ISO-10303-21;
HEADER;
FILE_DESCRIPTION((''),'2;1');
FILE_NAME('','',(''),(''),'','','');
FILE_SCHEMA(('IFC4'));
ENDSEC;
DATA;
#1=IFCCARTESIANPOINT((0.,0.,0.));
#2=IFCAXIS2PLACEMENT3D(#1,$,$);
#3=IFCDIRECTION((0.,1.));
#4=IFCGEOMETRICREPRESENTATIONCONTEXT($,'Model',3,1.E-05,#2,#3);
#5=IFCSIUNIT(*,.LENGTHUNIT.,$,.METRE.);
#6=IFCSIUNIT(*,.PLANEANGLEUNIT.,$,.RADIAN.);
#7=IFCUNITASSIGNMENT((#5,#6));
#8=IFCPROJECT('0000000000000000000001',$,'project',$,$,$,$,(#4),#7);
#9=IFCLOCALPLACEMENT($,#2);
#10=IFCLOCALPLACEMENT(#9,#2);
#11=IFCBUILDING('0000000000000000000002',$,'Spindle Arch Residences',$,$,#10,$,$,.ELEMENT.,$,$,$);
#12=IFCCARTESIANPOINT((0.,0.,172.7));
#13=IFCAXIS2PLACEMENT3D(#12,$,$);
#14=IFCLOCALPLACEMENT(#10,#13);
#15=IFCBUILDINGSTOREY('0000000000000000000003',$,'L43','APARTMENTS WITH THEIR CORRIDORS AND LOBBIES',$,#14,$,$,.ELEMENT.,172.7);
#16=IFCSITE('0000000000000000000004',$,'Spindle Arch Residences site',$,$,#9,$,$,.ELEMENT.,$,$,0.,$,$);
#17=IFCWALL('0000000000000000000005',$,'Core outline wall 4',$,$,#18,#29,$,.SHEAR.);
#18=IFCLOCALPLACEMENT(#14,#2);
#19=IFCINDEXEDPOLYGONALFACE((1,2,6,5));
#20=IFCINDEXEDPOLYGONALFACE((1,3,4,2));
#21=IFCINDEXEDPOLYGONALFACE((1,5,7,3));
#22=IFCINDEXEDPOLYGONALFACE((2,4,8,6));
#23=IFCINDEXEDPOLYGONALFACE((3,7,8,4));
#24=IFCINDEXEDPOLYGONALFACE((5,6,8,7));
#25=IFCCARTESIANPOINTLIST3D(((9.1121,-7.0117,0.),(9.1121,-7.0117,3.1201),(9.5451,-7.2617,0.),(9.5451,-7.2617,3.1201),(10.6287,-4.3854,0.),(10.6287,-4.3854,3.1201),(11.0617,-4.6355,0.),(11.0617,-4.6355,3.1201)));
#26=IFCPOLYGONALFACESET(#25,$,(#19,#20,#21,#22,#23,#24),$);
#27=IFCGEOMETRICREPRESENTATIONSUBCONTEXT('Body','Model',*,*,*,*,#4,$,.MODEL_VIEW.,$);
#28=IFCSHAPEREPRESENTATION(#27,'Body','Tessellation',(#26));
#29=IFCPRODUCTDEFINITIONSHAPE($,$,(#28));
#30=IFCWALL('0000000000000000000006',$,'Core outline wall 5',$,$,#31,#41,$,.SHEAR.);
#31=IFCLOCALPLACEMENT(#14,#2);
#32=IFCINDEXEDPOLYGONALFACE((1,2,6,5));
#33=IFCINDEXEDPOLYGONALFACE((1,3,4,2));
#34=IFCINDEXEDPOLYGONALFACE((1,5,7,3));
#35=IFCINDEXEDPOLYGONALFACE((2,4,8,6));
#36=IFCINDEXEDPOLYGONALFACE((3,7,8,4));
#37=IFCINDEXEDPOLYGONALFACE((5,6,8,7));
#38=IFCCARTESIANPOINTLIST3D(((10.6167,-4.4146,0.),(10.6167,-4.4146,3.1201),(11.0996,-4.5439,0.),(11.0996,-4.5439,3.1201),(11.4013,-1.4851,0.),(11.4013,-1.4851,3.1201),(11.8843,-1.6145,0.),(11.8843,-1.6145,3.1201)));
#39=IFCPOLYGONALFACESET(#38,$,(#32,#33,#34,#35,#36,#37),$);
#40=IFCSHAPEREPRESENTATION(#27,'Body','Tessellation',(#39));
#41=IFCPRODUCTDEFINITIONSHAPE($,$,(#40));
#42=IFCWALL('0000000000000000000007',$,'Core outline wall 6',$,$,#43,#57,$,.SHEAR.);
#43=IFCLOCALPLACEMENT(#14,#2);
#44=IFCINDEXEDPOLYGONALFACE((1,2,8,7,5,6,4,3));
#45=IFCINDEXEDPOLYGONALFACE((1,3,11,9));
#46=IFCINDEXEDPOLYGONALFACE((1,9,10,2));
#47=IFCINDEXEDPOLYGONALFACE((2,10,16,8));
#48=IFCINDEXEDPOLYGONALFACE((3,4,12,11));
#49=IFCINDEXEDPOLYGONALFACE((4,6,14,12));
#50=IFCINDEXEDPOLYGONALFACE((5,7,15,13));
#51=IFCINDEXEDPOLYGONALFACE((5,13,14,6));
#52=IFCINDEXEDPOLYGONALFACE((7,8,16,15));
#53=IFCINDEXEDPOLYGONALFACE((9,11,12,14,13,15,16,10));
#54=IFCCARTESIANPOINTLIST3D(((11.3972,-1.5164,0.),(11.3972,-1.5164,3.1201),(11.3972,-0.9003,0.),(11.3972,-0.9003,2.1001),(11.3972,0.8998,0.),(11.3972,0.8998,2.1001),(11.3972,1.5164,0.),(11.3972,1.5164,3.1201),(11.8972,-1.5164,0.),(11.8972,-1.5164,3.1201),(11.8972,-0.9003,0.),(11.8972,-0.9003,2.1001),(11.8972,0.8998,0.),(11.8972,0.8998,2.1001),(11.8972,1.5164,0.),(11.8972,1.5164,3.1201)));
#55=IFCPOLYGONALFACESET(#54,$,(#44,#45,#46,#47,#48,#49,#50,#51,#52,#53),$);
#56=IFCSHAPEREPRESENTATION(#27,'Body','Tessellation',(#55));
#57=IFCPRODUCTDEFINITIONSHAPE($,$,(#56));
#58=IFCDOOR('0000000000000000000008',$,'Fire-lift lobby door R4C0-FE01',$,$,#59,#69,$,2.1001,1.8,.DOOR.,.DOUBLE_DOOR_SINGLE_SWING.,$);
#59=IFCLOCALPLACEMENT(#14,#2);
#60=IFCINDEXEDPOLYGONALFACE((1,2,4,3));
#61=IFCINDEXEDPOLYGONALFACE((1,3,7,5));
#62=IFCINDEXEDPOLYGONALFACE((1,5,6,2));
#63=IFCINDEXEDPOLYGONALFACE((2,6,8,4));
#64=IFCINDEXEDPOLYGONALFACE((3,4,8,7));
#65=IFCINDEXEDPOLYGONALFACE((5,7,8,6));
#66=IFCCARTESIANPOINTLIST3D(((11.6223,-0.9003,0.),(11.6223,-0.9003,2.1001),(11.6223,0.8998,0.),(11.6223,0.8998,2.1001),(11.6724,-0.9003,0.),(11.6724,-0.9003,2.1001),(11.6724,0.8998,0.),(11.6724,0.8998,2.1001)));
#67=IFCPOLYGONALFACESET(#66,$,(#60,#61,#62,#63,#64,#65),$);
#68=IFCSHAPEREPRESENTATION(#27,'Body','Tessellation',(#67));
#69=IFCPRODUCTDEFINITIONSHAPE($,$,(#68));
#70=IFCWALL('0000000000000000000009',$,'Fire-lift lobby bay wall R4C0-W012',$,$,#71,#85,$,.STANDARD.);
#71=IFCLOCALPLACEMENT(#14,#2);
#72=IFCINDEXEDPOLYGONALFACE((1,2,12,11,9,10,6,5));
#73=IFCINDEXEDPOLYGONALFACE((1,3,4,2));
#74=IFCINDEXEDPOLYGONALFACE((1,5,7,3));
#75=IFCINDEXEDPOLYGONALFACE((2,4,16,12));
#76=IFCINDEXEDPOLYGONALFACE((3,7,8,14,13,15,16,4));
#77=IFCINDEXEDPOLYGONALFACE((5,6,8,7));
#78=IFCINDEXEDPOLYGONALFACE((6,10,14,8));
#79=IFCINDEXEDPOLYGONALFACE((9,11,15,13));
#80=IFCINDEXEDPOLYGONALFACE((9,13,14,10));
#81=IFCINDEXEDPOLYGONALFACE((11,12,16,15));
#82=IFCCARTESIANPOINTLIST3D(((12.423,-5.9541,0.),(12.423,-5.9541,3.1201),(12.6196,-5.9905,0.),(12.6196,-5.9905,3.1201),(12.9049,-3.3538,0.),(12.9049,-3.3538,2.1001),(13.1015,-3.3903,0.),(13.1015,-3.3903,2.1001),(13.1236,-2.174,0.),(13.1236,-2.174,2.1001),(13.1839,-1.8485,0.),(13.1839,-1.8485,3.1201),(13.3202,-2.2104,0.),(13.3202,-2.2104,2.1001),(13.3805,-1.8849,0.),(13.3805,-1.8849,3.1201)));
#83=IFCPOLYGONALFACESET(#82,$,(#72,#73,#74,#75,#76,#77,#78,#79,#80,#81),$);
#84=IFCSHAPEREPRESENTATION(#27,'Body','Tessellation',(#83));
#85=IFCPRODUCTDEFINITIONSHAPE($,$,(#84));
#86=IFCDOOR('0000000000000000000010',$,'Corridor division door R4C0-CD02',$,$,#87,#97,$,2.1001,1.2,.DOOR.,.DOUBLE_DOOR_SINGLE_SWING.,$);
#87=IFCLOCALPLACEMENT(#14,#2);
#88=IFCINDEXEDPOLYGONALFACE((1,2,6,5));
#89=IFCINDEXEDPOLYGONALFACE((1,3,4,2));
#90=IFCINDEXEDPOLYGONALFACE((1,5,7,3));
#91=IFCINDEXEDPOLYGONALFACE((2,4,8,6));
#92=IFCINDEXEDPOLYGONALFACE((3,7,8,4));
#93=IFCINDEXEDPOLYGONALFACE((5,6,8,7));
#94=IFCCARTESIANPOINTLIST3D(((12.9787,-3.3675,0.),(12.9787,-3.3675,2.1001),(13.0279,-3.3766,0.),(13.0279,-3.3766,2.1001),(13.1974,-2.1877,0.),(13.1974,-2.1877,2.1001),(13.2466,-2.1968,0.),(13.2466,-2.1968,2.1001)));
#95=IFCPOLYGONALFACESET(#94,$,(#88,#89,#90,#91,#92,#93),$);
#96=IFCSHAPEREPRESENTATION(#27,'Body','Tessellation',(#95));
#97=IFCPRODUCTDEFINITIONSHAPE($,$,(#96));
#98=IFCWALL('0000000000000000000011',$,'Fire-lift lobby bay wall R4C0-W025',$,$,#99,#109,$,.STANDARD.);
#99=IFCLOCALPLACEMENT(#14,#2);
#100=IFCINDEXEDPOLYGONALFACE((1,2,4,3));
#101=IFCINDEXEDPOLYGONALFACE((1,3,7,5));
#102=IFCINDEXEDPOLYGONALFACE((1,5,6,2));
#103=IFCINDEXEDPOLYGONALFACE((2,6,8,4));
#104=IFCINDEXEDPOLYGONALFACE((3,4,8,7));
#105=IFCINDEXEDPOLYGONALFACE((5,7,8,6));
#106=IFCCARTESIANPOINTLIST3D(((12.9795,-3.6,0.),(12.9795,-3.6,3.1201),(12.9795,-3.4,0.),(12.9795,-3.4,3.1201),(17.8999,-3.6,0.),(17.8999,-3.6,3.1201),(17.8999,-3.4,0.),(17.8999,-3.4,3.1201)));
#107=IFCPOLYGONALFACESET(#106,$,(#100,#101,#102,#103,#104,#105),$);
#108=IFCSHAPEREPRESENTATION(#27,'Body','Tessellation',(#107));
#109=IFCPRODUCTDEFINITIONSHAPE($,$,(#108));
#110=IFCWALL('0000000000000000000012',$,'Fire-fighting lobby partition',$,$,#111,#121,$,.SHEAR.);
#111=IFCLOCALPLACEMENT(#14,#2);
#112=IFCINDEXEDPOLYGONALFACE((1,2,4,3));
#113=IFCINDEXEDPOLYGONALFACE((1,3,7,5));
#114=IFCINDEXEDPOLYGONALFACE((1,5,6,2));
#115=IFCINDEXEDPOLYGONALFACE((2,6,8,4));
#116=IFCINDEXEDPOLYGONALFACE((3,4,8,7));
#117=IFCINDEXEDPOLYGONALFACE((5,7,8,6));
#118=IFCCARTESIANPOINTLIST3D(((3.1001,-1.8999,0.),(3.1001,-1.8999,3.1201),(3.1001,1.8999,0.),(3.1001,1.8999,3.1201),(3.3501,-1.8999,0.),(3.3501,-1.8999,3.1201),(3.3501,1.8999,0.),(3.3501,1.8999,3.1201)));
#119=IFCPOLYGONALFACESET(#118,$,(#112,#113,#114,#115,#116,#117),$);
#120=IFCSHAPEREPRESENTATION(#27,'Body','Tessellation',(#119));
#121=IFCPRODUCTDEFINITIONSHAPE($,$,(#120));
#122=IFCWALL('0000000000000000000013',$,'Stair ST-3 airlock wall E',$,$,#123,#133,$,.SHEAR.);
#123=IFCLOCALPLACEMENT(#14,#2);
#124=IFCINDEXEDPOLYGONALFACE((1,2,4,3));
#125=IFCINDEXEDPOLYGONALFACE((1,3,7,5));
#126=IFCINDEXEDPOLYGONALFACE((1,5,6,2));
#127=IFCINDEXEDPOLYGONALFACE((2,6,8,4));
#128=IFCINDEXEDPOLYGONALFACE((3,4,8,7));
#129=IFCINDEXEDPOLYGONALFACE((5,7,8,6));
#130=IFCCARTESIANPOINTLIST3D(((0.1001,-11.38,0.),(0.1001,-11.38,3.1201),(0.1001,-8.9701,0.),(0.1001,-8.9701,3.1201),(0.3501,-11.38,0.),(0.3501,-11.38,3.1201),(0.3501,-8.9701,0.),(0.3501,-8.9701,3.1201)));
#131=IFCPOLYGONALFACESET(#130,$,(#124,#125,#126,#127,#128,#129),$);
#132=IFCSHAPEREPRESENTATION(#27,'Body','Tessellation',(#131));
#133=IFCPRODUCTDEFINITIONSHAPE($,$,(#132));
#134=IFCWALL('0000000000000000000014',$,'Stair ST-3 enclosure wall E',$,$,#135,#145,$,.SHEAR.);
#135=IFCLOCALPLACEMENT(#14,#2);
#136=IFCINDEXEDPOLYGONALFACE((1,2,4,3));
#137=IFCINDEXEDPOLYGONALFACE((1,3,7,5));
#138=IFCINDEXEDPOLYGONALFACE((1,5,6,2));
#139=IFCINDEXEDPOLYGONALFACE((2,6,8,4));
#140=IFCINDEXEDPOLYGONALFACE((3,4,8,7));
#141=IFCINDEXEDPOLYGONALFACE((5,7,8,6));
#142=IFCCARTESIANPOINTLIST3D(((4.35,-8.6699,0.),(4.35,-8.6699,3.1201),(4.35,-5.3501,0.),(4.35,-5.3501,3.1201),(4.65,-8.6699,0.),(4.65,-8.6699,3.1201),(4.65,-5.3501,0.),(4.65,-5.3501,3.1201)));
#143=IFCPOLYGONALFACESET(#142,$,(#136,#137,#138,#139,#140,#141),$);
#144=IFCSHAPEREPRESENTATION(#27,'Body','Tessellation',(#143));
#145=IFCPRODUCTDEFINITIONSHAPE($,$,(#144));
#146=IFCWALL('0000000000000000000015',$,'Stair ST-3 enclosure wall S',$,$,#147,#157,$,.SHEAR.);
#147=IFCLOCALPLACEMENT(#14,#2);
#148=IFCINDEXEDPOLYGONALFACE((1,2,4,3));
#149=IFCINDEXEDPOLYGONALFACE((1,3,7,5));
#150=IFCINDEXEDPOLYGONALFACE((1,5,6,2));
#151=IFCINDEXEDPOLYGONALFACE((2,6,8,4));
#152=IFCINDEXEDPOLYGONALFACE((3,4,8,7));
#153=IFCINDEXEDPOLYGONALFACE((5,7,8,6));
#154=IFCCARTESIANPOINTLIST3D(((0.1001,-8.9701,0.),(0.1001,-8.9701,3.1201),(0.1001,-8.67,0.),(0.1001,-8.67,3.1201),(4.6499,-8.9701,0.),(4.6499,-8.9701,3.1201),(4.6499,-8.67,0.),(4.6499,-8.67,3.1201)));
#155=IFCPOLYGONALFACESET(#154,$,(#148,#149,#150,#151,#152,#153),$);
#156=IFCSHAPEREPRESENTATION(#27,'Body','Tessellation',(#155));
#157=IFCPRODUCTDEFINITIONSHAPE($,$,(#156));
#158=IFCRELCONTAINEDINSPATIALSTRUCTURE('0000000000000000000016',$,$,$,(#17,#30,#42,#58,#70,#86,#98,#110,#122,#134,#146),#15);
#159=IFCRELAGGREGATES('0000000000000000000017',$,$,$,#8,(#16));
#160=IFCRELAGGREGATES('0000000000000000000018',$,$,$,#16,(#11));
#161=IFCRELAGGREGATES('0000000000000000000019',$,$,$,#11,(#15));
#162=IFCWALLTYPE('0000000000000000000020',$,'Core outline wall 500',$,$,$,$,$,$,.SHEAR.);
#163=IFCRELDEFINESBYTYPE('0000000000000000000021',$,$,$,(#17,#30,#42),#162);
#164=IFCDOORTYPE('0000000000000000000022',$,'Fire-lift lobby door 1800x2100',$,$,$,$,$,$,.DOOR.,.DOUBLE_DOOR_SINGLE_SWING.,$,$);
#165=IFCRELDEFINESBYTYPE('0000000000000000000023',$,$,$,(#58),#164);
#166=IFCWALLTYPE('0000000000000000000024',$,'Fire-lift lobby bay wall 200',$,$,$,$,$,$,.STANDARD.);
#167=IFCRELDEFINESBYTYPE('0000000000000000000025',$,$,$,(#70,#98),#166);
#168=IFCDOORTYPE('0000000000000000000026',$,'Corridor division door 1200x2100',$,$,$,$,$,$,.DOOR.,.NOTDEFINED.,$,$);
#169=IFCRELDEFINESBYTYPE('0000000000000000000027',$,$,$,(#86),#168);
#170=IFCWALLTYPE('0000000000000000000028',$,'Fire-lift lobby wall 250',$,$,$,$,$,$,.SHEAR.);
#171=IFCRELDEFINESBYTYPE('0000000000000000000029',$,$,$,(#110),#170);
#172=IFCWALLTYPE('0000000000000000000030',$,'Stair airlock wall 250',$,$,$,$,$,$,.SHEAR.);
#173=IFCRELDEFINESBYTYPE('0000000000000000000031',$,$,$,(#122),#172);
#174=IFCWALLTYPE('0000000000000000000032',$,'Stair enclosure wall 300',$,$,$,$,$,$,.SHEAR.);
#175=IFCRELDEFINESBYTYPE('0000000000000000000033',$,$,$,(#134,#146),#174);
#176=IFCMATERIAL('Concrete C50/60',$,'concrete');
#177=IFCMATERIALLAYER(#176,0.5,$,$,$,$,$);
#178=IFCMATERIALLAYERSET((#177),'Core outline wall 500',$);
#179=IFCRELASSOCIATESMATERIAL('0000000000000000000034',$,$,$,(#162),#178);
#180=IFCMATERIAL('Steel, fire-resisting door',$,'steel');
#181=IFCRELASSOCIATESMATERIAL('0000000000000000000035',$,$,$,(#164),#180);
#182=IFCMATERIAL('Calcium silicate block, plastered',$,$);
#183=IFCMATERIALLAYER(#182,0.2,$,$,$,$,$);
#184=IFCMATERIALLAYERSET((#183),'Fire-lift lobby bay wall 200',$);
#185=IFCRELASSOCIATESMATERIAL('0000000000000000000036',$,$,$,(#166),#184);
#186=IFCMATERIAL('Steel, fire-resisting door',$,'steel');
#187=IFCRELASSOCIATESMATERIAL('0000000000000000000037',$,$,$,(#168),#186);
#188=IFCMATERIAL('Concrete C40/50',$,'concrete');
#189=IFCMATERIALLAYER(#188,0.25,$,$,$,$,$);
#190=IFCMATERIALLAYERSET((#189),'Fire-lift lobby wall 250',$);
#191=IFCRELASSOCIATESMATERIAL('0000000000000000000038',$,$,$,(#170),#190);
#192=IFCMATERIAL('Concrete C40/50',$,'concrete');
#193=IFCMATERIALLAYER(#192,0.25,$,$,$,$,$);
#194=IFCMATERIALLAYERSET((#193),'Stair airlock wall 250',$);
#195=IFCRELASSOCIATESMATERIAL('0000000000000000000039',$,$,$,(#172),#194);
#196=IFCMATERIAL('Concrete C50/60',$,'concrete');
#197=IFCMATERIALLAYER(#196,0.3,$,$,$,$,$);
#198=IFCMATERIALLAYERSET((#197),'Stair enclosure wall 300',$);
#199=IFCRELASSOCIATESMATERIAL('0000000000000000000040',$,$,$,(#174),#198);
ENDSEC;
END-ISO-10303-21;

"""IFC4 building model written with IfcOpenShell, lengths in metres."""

from ifc_helpers import new_model, si_unit, direction, frame, frame_2d, origin, place, context, subcontext, project, spatial, rectangle, extrude, material, layer, layer_set, type_object, element, fill, save


model = new_model("IFC4")

# Units and contexts
model_context = context("Model", 3, precision=1e-05, world=origin(), true_north=direction((0.0, 1.0)))
body_context = subcontext(model_context, "Body", "Model", "MODEL_VIEW")
ifc_project = project(units=[si_unit("LENGTHUNIT", "METRE"), si_unit("PLANEANGLEUNIT", "RADIAN")], contexts=[model_context])

# Site, building, storey
site_placement = place(None, origin())
site = spatial("IfcSite", under=ifc_project, at=site_placement, Name="Spindle Arch Residences site", CompositionType="ELEMENT", RefElevation=0.0)
building_placement = place(site_placement, origin())
building = spatial("IfcBuilding", under=site, at=building_placement, Name="Spindle Arch Residences", CompositionType="ELEMENT")
storey_placement = place(building_placement, frame((0.0, 0.0, 172.7)))
storey = spatial("IfcBuildingStorey", under=building, at=storey_placement, Name="L43", Description="APARTMENTS WITH THEIR CORRIDORS AND LOBBIES", CompositionType="ELEMENT", Elevation=172.7)

# Walls
ifc_material_1 = material(Name="Concrete C50/60", Category="concrete")
ifc_layer_1 = layer(ifc_material_1, 0.5)
ifc_layer_set_1 = layer_set([ifc_layer_1], Name="Core outline wall 500")
wall_type_1 = type_object("IfcWallType", Name="Core outline wall 500", PredefinedType="SHEAR", material=ifc_layer_set_1)
for number, where, z_axis, x_axis, name in (
    (1, (9.3286, -7.1367, 0.0), (0.0, 0.0, 1.0), (0.500087, 0.865975, 0.0), "Core outline wall 4"),
    (2, (10.8582, -4.4792, 0.0), (0.0, 0.0, 1.0), (0.258735, 0.965948, 0.0), "Core outline wall 5"),
):
    element("IfcWall", number, at=place(storey_placement, frame(where, z_axis=z_axis, x_axis=x_axis)), inside=storey, type_object=wall_type_1, Name=name, PredefinedType="SHEAR", context=body_context, shape_type="SweptSolid", body=[
        extrude(rectangle(XDim=3.0327, YDim=0.5, at=frame_2d((1.5164, 0.0))), origin(), (0.0, 0.0, 1.0), 3.1201),
    ])

# Walls, openings, doors
wall_1_placement = place(storey_placement, frame((11.6472, -1.5164, 0.0), z_axis=(0.0, 0.0, 1.0), x_axis=(0.0, 1.0, 0.0)))
wall_1 = element("IfcWall", 3, at=wall_1_placement, inside=storey, type_object=wall_type_1, Name="Core outline wall 6", PredefinedType="SHEAR", context=body_context, shape_type="SweptSolid", body=[
    extrude(rectangle(XDim=3.0327, YDim=0.5, at=frame_2d((1.5164, 0.0))), origin(), (0.0, 0.0, 1.0), 3.1201),
])
opening_1_placement = place(wall_1_placement, frame((0.6162, 0.0, 0.0)))
opening_1 = element("IfcOpeningElement", 4, at=opening_1_placement, cuts=wall_1, PredefinedType="OPENING", context=body_context, shape_type="SweptSolid", body=[
    extrude(rectangle(XDim=1.8, YDim=2.1001, at=frame_2d((0.8999, 1.05))), frame((0.0, 0.26, 0.0), z_axis=(0.0, -1.0, 0.0), x_axis=(1.0, 0.0, 0.0)), (0.0, 0.0, 1.0), 0.52),
])
ifc_material_2 = material(Name="Steel, fire-resisting door", Category="steel")
door_type_1 = type_object("IfcDoorType", Name="Fire-lift lobby door 1800x2100", OperationType="DOUBLE_DOOR_SINGLE_SWING", PredefinedType="DOOR", material=ifc_material_2)
door_1_placement = place(opening_1_placement, origin())
door_1 = element("IfcDoor", 5, at=door_1_placement, inside=storey, type_object=door_type_1, Name="Fire-lift lobby door R4C0-FE01", OperationType="DOUBLE_DOOR_SINGLE_SWING", OverallHeight=2.1001, OverallWidth=1.8, PredefinedType="DOOR", context=body_context, shape_type="SweptSolid", body=[
    extrude(rectangle(XDim=1.8, YDim=2.1001, at=frame_2d((0.8999, 1.05))), frame((0.0, 0.0249, 0.0), z_axis=(0.0, -1.0, 0.0), x_axis=(1.0, 0.0, 0.0)), (0.0, 0.0, 1.0), 0.05),
])
fill(opening_1, door_1)
ifc_material_3 = material(Name="Calcium silicate block, plastered")
ifc_layer_2 = layer(ifc_material_3, 0.2)
ifc_layer_set_2 = layer_set([ifc_layer_2], Name="Fire-lift lobby bay wall 200")
wall_type_2 = type_object("IfcWallType", Name="Fire-lift lobby bay wall 200", PredefinedType="STANDARD", material=ifc_layer_set_2)
wall_2_placement = place(storey_placement, frame((12.5212, -5.9724, 0.0), z_axis=(0.0, 0.0, 1.0), x_axis=(0.182244, 0.983253, 0.0)))
wall_2 = element("IfcWall", 6, at=wall_2_placement, inside=storey, type_object=wall_type_2, Name="Fire-lift lobby bay wall R4C0-W012", PredefinedType="STANDARD", context=body_context, shape_type="SweptSolid", body=[
    extrude(rectangle(XDim=4.1755, YDim=0.2, at=frame_2d((2.0879, 0.0))), origin(), (0.0, 0.0, 1.0), 3.1201),
])
opening_2_placement = place(wall_2_placement, frame((2.6445, 0.0, 0.0)))
opening_2 = element("IfcOpeningElement", 7, at=opening_2_placement, cuts=wall_2, PredefinedType="OPENING", context=body_context, shape_type="SweptSolid", body=[
    extrude(rectangle(XDim=1.2, YDim=2.1001, at=frame_2d((0.6001, 1.05))), frame((0.0, 0.1099, 0.0), z_axis=(0.0, -1.0, 0.0), x_axis=(1.0, 0.0, 0.0)), (0.0, 0.0, 1.0), 0.22),
])
ifc_material_4 = material(Name="Steel, fire-resisting door", Category="steel")
door_type_2 = type_object("IfcDoorType", Name="Corridor division door 1200x2100", OperationType="NOTDEFINED", PredefinedType="DOOR", material=ifc_material_4)
door_2_placement = place(opening_2_placement, origin())
door_2 = element("IfcDoor", 8, at=door_2_placement, inside=storey, type_object=door_type_2, Name="Corridor division door R4C0-CD02", OperationType="DOUBLE_DOOR_SINGLE_SWING", OverallHeight=2.1001, OverallWidth=1.2, PredefinedType="DOOR", context=body_context, shape_type="SweptSolid", body=[
    extrude(rectangle(XDim=1.2, YDim=2.1001, at=frame_2d((0.6001, 1.05))), frame((0.0, 0.0249, 0.0), z_axis=(0.0, -1.0, 0.0), x_axis=(1.0, 0.0, 0.0)), (0.0, 0.0, 1.0), 0.05),
])
fill(opening_2, door_2)

# Walls
wall_3_placement = place(storey_placement, frame((12.9795, -3.5, 0.0), z_axis=(0.0, 0.0, 1.0), x_axis=(1.0, 0.0, 0.0)))
element("IfcWall", 9, at=wall_3_placement, inside=storey, type_object=wall_type_2, Name="Fire-lift lobby bay wall R4C0-W025", PredefinedType="STANDARD", context=body_context, shape_type="SweptSolid", body=[
    extrude(rectangle(XDim=4.9204, YDim=0.2, at=frame_2d((2.4602, 0.0))), origin(), (0.0, 0.0, 1.0), 3.1201),
])
ifc_material_5 = material(Name="Concrete C40/50", Category="concrete")
ifc_layer_3 = layer(ifc_material_5, 0.25)
ifc_layer_set_3 = layer_set([ifc_layer_3], Name="Fire-lift lobby wall 250")
wall_type_3 = type_object("IfcWallType", Name="Fire-lift lobby wall 250", PredefinedType="SHEAR", material=ifc_layer_set_3)
wall_4_placement = place(storey_placement, frame((3.2251, -1.8999, 0.0), z_axis=(0.0, 0.0, 1.0), x_axis=(0.0, 1.0, 0.0)))
element("IfcWall", 10, at=wall_4_placement, inside=storey, type_object=wall_type_3, Name="Fire-fighting lobby partition", PredefinedType="SHEAR", context=body_context, shape_type="SweptSolid", body=[
    extrude(rectangle(XDim=3.7998, YDim=0.25, at=frame_2d((1.8999, 0.0))), origin(), (0.0, 0.0, 1.0), 3.1201),
])

# Walls
ifc_material_6 = material(Name="Concrete C40/50", Category="concrete")
ifc_layer_4 = layer(ifc_material_6, 0.25)
ifc_layer_set_4 = layer_set([ifc_layer_4], Name="Stair airlock wall 250")
wall_type_4 = type_object("IfcWallType", Name="Stair airlock wall 250", PredefinedType="SHEAR", material=ifc_layer_set_4)
wall_5_placement = place(storey_placement, frame((0.2251, -8.97, 0.0), z_axis=(0.0, 0.0, 1.0), x_axis=(0.0, -1.0, 0.0)))
element("IfcWall", 11, at=wall_5_placement, inside=storey, type_object=wall_type_4, Name="Stair ST-3 airlock wall E", PredefinedType="SHEAR", context=body_context, shape_type="SweptSolid", body=[
    extrude(rectangle(XDim=2.4099, YDim=0.25, at=frame_2d((1.2051, 0.0))), origin(), (0.0, 0.0, 1.0), 3.1201),
])
ifc_material_7 = material(Name="Concrete C50/60", Category="concrete")
ifc_layer_5 = layer(ifc_material_7, 0.3)
ifc_layer_set_5 = layer_set([ifc_layer_5], Name="Stair enclosure wall 300")
wall_type_5 = type_object("IfcWallType", Name="Stair enclosure wall 300", PredefinedType="SHEAR", material=ifc_layer_set_5)
wall_6_placement = place(storey_placement, frame((4.5, -8.6699, 0.0), z_axis=(0.0, 0.0, 1.0), x_axis=(0.0, 1.0, 0.0)))
element("IfcWall", 12, at=wall_6_placement, inside=storey, type_object=wall_type_5, Name="Stair ST-3 enclosure wall E", PredefinedType="SHEAR", context=body_context, shape_type="SweptSolid", body=[
    extrude(rectangle(XDim=3.3198, YDim=0.3, at=frame_2d((1.6599, 0.0))), origin(), (0.0, 0.0, 1.0), 3.1201),
])
wall_7_placement = place(storey_placement, frame((0.1001, -8.8201, 0.0), z_axis=(0.0, 0.0, 1.0), x_axis=(1.0, 0.0, 0.0)))
element("IfcWall", 13, at=wall_7_placement, inside=storey, type_object=wall_type_5, Name="Stair ST-3 enclosure wall S", PredefinedType="SHEAR", context=body_context, shape_type="SweptSolid", body=[
    extrude(rectangle(XDim=4.5498, YDim=0.3, at=frame_2d((2.2749, 0.0))), origin(), (0.0, 0.0, 1.0), 3.1201),
])

save(model, "model.ifc")
